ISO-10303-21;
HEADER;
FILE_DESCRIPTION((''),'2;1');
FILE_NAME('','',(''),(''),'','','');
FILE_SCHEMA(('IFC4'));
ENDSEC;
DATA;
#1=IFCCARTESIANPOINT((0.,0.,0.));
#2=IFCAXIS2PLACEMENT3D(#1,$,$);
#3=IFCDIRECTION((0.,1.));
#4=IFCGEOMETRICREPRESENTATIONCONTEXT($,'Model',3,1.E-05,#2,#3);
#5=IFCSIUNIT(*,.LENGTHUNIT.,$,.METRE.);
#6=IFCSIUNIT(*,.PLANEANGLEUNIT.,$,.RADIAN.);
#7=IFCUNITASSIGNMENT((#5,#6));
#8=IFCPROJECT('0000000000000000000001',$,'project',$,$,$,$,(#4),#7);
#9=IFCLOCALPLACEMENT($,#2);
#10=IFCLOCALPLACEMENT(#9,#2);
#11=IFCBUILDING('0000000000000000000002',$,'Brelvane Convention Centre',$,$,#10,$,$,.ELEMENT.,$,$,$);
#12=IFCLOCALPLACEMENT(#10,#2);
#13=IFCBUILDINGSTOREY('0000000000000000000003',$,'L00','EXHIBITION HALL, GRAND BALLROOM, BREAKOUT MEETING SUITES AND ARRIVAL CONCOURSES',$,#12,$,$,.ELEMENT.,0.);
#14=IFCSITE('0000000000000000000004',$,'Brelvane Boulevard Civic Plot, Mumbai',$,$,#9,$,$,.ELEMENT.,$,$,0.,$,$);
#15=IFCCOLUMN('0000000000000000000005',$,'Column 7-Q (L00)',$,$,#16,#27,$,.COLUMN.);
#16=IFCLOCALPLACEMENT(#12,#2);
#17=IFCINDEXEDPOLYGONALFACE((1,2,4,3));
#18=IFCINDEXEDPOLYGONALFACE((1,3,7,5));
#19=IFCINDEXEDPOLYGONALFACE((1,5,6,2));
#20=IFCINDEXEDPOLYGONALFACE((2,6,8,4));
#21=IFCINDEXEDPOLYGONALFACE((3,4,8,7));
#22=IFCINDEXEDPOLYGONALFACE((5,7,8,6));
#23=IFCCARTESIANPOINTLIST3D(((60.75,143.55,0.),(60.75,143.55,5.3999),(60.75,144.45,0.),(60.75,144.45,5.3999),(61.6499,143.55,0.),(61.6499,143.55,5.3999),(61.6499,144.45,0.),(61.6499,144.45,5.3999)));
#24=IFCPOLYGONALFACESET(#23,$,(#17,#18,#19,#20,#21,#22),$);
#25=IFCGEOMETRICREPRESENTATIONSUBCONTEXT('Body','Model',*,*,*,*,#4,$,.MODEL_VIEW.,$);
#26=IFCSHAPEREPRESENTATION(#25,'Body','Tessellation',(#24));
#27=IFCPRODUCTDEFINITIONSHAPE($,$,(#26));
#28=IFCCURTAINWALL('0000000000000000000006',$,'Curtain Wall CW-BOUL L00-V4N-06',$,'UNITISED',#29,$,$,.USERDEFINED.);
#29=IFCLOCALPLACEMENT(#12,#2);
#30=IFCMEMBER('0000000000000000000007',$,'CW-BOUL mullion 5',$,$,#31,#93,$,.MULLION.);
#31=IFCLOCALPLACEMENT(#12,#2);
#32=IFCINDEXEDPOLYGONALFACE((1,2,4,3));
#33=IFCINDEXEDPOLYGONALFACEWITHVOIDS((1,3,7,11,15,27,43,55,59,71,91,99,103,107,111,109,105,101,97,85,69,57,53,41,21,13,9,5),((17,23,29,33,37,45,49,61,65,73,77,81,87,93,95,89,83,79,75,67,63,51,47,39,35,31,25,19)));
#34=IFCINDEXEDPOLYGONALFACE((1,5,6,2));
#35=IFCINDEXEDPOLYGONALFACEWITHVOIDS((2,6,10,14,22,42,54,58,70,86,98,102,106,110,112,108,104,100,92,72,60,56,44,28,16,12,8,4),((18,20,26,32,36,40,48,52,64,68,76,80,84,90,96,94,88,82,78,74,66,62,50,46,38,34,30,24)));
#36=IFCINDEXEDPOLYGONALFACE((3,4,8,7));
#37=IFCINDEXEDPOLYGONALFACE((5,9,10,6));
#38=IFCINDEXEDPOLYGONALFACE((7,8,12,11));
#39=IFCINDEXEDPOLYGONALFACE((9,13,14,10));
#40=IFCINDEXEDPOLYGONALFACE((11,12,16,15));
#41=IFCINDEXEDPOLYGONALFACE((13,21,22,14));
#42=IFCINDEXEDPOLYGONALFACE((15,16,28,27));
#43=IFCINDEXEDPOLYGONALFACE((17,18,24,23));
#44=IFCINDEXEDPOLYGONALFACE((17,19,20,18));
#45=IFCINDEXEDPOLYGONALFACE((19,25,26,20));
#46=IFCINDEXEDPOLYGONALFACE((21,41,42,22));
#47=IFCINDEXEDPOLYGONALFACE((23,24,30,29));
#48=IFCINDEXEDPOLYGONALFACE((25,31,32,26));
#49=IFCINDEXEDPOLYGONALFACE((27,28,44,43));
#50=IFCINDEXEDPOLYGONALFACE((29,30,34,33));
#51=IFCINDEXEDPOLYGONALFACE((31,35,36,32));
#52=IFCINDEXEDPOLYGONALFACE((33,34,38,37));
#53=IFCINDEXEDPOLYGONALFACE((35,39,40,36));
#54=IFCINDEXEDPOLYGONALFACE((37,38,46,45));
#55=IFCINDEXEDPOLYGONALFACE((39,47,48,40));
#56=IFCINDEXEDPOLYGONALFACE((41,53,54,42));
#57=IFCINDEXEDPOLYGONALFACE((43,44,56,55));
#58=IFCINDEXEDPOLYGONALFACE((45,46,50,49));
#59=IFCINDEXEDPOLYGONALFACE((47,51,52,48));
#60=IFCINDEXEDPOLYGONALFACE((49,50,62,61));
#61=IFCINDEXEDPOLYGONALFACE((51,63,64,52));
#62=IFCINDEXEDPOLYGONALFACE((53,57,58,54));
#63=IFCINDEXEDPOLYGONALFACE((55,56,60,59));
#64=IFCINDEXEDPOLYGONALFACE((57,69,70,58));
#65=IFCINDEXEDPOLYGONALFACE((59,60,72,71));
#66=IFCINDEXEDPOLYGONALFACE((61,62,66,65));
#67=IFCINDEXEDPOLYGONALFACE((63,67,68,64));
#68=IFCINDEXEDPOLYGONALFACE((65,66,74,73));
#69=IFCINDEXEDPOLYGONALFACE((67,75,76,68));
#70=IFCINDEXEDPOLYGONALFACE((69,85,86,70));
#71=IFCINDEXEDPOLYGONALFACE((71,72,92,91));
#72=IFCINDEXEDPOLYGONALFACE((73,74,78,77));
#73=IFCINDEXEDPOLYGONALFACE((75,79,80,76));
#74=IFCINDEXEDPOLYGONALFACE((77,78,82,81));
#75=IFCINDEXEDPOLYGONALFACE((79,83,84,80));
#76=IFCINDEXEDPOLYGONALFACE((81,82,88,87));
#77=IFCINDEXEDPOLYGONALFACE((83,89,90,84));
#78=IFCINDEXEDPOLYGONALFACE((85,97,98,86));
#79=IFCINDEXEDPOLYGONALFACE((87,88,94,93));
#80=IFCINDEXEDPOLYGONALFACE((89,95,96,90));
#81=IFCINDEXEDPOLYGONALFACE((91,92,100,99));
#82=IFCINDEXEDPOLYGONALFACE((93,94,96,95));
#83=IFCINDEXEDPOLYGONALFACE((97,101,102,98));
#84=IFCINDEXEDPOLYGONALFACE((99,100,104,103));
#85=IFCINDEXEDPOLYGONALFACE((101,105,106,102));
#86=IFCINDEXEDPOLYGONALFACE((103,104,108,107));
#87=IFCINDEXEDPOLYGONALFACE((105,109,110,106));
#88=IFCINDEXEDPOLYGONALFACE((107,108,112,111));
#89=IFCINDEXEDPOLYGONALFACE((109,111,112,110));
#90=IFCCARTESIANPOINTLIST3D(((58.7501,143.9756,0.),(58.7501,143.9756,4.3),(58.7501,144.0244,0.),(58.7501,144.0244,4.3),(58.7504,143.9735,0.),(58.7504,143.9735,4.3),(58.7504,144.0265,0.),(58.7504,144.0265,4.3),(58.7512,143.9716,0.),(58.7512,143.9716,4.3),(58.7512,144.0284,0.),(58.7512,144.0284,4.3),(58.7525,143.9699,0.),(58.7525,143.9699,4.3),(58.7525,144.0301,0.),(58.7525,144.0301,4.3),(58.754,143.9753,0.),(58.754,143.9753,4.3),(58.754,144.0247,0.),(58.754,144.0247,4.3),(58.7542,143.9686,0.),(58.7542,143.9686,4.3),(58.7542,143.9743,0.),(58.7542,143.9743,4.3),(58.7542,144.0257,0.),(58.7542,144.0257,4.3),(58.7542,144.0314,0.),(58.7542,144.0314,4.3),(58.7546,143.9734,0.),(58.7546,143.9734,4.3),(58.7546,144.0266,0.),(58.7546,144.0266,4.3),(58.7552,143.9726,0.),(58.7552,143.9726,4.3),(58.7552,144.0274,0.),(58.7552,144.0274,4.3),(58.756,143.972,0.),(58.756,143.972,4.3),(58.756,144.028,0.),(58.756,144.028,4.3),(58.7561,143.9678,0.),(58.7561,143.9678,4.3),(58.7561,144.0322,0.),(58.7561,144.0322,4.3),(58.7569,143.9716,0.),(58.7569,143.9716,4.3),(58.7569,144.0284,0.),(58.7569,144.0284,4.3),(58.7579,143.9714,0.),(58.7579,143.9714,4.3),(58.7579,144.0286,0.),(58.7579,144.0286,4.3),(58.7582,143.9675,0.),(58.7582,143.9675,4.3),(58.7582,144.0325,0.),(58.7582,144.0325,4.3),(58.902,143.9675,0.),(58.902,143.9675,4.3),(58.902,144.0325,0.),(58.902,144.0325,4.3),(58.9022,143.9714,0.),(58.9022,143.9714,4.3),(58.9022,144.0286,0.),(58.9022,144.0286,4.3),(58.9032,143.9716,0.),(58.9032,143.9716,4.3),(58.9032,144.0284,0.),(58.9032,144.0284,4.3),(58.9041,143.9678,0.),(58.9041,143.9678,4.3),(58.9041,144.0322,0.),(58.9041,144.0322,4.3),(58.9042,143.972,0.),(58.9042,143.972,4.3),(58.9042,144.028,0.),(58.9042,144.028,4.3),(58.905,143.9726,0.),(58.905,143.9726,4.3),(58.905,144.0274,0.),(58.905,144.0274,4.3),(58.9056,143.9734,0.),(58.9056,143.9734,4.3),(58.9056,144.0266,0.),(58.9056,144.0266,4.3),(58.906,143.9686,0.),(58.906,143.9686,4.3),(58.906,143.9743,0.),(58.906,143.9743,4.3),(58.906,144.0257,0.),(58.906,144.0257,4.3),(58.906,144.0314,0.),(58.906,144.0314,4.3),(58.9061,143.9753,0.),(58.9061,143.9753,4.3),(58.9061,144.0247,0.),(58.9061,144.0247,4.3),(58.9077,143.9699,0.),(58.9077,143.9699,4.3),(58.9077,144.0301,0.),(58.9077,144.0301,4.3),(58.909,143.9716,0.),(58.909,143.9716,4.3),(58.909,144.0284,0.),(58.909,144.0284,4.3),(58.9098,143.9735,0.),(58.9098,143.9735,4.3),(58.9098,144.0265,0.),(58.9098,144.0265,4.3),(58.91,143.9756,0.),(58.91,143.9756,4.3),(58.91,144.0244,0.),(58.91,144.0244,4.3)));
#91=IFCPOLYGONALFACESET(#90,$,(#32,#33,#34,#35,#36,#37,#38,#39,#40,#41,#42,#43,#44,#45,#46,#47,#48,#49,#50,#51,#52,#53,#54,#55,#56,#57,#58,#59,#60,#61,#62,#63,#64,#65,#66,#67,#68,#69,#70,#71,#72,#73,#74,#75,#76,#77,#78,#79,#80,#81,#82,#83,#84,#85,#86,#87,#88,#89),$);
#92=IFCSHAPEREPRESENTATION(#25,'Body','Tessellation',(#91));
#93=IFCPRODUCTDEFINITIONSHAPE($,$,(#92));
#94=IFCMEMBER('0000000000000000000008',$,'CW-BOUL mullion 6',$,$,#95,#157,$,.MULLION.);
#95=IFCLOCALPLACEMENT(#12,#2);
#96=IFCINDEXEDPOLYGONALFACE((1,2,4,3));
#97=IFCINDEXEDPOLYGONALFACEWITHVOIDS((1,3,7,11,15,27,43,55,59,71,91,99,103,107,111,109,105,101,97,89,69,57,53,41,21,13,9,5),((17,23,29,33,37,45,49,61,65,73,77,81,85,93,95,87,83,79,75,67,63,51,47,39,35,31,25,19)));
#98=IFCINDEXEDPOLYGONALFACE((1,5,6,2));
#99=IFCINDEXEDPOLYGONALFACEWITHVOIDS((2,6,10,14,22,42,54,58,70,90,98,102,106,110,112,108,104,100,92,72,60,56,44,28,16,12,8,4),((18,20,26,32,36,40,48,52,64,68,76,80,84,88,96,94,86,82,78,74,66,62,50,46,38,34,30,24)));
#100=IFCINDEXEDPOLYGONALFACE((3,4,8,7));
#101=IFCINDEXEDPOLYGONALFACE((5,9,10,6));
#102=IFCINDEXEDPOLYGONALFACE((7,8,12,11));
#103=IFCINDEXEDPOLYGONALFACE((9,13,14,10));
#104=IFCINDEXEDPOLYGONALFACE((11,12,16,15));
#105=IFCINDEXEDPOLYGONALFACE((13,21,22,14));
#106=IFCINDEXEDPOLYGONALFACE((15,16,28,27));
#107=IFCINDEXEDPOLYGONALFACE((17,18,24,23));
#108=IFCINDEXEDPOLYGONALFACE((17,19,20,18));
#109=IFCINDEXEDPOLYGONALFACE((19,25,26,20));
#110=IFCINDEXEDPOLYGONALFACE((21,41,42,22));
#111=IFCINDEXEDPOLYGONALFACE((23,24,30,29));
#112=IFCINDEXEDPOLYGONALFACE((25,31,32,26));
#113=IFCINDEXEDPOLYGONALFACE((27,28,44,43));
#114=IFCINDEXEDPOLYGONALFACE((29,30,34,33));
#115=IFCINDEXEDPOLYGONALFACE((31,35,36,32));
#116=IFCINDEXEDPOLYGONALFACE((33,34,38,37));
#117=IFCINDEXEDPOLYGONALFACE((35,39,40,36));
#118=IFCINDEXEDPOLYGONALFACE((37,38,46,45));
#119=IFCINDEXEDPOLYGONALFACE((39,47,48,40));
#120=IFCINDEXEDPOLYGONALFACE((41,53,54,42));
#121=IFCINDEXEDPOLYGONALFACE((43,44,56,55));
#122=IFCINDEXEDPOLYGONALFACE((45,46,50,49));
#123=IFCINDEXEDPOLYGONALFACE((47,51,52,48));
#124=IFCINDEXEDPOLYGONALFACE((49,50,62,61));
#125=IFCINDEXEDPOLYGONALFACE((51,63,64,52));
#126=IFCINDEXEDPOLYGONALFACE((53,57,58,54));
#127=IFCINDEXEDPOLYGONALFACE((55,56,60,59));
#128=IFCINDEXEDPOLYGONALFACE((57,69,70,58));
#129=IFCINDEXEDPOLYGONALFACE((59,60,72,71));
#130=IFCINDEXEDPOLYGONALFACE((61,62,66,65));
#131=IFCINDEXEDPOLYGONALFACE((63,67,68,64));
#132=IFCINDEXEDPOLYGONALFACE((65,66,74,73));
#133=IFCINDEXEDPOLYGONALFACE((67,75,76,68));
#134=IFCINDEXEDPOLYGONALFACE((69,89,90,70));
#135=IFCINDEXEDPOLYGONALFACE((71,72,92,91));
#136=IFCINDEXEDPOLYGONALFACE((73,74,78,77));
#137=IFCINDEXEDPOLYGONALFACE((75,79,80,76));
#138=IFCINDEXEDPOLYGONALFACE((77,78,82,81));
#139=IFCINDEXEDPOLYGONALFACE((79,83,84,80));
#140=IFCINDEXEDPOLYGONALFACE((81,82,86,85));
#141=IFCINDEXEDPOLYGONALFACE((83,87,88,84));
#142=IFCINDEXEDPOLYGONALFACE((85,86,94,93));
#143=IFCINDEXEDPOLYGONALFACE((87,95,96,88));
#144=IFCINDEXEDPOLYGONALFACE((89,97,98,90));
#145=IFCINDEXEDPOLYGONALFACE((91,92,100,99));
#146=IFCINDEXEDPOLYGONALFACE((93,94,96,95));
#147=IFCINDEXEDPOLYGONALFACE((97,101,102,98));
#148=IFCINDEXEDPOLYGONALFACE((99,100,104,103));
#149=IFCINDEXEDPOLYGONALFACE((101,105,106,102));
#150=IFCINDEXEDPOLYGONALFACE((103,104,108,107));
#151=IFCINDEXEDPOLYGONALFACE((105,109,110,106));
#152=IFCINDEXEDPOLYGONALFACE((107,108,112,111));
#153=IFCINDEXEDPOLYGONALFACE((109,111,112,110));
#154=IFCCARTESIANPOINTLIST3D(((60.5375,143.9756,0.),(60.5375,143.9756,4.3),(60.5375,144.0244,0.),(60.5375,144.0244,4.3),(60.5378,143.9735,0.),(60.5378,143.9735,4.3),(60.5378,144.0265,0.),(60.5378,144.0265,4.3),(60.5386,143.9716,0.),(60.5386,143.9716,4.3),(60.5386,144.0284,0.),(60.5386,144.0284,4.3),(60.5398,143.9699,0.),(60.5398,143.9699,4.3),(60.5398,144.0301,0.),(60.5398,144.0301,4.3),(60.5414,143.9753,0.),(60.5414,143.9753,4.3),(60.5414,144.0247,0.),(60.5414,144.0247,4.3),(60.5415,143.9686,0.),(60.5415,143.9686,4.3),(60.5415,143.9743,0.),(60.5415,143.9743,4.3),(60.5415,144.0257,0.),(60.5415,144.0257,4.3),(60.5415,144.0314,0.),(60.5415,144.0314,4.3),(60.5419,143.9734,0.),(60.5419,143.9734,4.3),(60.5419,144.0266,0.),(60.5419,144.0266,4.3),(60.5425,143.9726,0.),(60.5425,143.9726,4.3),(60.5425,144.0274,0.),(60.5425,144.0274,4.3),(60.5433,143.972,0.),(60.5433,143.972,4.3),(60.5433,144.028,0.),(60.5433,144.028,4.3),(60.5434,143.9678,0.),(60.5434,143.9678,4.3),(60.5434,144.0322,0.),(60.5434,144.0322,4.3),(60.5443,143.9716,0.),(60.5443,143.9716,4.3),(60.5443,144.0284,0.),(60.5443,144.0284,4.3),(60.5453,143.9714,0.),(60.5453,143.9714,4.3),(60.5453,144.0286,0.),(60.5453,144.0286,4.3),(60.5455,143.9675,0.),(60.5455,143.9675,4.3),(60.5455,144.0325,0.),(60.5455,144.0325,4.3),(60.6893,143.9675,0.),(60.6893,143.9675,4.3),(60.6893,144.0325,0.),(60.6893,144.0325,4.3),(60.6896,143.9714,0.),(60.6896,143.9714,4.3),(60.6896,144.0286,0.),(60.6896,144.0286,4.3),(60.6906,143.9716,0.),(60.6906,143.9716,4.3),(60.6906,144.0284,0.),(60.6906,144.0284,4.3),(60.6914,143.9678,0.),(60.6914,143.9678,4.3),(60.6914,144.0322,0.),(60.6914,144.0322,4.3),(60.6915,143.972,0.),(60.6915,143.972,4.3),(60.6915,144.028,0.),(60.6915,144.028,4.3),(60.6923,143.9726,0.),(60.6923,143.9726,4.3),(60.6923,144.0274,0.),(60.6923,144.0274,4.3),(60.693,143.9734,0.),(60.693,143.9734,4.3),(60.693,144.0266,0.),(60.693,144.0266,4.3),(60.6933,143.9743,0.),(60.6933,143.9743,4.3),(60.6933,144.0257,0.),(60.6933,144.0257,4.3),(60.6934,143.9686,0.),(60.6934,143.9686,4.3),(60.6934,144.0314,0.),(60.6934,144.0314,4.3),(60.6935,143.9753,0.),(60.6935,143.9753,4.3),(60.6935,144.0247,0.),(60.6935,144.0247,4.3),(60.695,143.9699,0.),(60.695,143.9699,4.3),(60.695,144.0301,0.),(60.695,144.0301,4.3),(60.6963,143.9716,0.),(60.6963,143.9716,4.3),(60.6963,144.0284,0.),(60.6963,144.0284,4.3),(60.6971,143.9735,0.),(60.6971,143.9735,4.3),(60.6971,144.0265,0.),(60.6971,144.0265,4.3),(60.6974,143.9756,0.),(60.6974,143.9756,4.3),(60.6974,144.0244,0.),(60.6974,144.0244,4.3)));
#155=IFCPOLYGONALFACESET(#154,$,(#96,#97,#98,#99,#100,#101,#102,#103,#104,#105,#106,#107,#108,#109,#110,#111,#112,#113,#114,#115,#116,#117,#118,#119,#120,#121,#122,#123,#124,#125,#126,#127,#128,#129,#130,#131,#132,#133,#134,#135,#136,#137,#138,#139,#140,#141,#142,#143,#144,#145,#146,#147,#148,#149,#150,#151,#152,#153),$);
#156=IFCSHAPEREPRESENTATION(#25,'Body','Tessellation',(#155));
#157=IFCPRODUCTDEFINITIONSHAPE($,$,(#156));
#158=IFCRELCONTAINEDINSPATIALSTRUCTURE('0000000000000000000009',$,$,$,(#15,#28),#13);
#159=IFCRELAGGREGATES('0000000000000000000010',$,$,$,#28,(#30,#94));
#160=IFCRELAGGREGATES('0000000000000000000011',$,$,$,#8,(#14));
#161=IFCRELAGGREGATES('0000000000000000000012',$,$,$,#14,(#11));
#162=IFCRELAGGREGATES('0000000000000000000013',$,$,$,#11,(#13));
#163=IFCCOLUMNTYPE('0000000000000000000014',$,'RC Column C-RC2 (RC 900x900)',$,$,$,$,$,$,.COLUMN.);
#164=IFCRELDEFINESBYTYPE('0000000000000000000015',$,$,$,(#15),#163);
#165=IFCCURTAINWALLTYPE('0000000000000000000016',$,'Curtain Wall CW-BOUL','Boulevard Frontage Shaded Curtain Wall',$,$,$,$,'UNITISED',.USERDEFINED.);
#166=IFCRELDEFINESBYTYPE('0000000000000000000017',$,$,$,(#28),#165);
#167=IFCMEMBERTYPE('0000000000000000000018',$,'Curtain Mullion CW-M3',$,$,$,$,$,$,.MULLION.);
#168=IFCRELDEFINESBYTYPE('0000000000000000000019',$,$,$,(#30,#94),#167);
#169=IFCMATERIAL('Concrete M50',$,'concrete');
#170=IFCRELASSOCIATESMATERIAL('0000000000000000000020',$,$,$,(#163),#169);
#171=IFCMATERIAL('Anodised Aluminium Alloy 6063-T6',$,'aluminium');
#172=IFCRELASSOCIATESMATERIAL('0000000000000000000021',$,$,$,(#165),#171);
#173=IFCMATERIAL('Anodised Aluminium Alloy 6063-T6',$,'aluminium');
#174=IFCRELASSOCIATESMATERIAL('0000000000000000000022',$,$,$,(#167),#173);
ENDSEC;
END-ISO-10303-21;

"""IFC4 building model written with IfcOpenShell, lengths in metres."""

from ifc_helpers import new_model, si_unit, direction, frame, origin, origin_2d, place, context, subcontext, project, spatial, rectangle, hollow_rectangle, extrude, material, material_profile, profile_set, type_object, element, aggregate, save


model = new_model("IFC4")

# Units and contexts
model_context = context("Model", 3, precision=1e-05, world=origin(), true_north=direction((0.0, 1.0)))
body_context = subcontext(model_context, "Body", "Model", "MODEL_VIEW")
ifc_project = project(units=[si_unit("LENGTHUNIT", "METRE"), si_unit("PLANEANGLEUNIT", "RADIAN")], contexts=[model_context])

# Site, building, storey
site_placement = place(None, origin())
site = spatial("IfcSite", under=ifc_project, at=site_placement, Name="Brelvane Boulevard Civic Plot, Mumbai", CompositionType="ELEMENT", RefElevation=0.0)
building_placement = place(site_placement, origin())
building = spatial("IfcBuilding", under=site, at=building_placement, Name="Brelvane Convention Centre", CompositionType="ELEMENT")
storey_placement = place(building_placement, origin())
storey = spatial("IfcBuildingStorey", under=building, at=storey_placement, Name="L00", Description="EXHIBITION HALL, GRAND BALLROOM, BREAKOUT MEETING SUITES AND ARRIVAL CONCOURSES", CompositionType="ELEMENT", Elevation=0.0)

# Column
ifc_material_1 = material(Name="Concrete M50", Category="concrete")
ifc_material_profile_1 = material_profile(ifc_material_1, rectangle(XDim=0.8999, YDim=0.8999, at=origin_2d()), Name="RC 900x900")
ifc_profile_set_1 = profile_set([ifc_material_profile_1], Name="Concrete M50")
column_type = type_object("IfcColumnType", Name="RC Column C-RC2 (RC 900x900)", PredefinedType="COLUMN", material=ifc_profile_set_1)
column_placement = place(storey_placement, frame((61.2, 144.0, 0.0), z_axis=(0.0, 0.0, 1.0), x_axis=(1.0, 0.0, 0.0)))
element("IfcColumn", 1, at=column_placement, inside=storey, type_object=column_type, Name="Column 7-Q (L00)", PredefinedType="COLUMN", context=body_context, shape_type="SweptSolid", body=[
    extrude(rectangle(XDim=0.8999, YDim=0.8999, at=origin_2d()), origin(), (0.0, 0.0, 1.0), 5.3999),
])

# Curtain wall, members
ifc_material_2 = material(Name="Anodised Aluminium Alloy 6063-T6", Category="aluminium")
curtain_wall_type = type_object("IfcCurtainWallType", Name="Curtain Wall CW-BOUL", Description="Boulevard Frontage Shaded Curtain Wall", ElementType="UNITISED", PredefinedType="USERDEFINED", material=ifc_material_2)
curtain_wall_placement = place(storey_placement, origin())
curtain_wall = element("IfcCurtainWall", 2, at=curtain_wall_placement, inside=storey, type_object=curtain_wall_type, Name="Curtain Wall CW-BOUL L00-V4N-06", ObjectType="UNITISED", PredefinedType="USERDEFINED")
ifc_material_3 = material(Name="Anodised Aluminium Alloy 6063-T6", Category="aluminium")
ifc_material_profile_2 = material_profile(ifc_material_3, hollow_rectangle(XDim=0.0649, YDim=0.1599, WallThickness=0.0039, InnerFilletRadius=0.0039, OuterFilletRadius=0.0081, at=origin_2d()), Name="ALU-M 160x65x4.0")
ifc_profile_set_2 = profile_set([ifc_material_profile_2], Name="Anodised Aluminium Alloy 6063-T6")
member_type_1 = type_object("IfcMemberType", Name="Curtain Mullion CW-M3", PredefinedType="MULLION", material=ifc_profile_set_2)
member_1_placement = place(storey_placement, frame((58.8301, 144.0, 0.0), z_axis=(0.0, 0.0, 1.0), x_axis=(0.0, 1.0, 0.0)))
member_1 = element("IfcMember", 3, at=member_1_placement, type_object=member_type_1, Name="CW-BOUL mullion 5", PredefinedType="MULLION", context=body_context, shape_type="SweptSolid", body=[
    extrude(hollow_rectangle(XDim=0.0649, YDim=0.1599, WallThickness=0.0039, InnerFilletRadius=0.0039, OuterFilletRadius=0.0081, at=origin_2d()), origin(), (0.0, 0.0, 1.0), 4.3),
])
member_2_placement = place(storey_placement, frame((60.6174, 144.0, 0.0), z_axis=(0.0, 0.0, 1.0), x_axis=(0.0, 1.0, 0.0)))
member_2 = element("IfcMember", 4, at=member_2_placement, type_object=member_type_1, Name="CW-BOUL mullion 6", PredefinedType="MULLION", context=body_context, shape_type="SweptSolid", body=[
    extrude(hollow_rectangle(XDim=0.0649, YDim=0.1599, WallThickness=0.0039, InnerFilletRadius=0.0039, OuterFilletRadius=0.0081, at=origin_2d()), origin(), (0.0, 0.0, 1.0), 4.3),
])

aggregate(curtain_wall, [member_1, member_2])

save(model, "model.ifc")
